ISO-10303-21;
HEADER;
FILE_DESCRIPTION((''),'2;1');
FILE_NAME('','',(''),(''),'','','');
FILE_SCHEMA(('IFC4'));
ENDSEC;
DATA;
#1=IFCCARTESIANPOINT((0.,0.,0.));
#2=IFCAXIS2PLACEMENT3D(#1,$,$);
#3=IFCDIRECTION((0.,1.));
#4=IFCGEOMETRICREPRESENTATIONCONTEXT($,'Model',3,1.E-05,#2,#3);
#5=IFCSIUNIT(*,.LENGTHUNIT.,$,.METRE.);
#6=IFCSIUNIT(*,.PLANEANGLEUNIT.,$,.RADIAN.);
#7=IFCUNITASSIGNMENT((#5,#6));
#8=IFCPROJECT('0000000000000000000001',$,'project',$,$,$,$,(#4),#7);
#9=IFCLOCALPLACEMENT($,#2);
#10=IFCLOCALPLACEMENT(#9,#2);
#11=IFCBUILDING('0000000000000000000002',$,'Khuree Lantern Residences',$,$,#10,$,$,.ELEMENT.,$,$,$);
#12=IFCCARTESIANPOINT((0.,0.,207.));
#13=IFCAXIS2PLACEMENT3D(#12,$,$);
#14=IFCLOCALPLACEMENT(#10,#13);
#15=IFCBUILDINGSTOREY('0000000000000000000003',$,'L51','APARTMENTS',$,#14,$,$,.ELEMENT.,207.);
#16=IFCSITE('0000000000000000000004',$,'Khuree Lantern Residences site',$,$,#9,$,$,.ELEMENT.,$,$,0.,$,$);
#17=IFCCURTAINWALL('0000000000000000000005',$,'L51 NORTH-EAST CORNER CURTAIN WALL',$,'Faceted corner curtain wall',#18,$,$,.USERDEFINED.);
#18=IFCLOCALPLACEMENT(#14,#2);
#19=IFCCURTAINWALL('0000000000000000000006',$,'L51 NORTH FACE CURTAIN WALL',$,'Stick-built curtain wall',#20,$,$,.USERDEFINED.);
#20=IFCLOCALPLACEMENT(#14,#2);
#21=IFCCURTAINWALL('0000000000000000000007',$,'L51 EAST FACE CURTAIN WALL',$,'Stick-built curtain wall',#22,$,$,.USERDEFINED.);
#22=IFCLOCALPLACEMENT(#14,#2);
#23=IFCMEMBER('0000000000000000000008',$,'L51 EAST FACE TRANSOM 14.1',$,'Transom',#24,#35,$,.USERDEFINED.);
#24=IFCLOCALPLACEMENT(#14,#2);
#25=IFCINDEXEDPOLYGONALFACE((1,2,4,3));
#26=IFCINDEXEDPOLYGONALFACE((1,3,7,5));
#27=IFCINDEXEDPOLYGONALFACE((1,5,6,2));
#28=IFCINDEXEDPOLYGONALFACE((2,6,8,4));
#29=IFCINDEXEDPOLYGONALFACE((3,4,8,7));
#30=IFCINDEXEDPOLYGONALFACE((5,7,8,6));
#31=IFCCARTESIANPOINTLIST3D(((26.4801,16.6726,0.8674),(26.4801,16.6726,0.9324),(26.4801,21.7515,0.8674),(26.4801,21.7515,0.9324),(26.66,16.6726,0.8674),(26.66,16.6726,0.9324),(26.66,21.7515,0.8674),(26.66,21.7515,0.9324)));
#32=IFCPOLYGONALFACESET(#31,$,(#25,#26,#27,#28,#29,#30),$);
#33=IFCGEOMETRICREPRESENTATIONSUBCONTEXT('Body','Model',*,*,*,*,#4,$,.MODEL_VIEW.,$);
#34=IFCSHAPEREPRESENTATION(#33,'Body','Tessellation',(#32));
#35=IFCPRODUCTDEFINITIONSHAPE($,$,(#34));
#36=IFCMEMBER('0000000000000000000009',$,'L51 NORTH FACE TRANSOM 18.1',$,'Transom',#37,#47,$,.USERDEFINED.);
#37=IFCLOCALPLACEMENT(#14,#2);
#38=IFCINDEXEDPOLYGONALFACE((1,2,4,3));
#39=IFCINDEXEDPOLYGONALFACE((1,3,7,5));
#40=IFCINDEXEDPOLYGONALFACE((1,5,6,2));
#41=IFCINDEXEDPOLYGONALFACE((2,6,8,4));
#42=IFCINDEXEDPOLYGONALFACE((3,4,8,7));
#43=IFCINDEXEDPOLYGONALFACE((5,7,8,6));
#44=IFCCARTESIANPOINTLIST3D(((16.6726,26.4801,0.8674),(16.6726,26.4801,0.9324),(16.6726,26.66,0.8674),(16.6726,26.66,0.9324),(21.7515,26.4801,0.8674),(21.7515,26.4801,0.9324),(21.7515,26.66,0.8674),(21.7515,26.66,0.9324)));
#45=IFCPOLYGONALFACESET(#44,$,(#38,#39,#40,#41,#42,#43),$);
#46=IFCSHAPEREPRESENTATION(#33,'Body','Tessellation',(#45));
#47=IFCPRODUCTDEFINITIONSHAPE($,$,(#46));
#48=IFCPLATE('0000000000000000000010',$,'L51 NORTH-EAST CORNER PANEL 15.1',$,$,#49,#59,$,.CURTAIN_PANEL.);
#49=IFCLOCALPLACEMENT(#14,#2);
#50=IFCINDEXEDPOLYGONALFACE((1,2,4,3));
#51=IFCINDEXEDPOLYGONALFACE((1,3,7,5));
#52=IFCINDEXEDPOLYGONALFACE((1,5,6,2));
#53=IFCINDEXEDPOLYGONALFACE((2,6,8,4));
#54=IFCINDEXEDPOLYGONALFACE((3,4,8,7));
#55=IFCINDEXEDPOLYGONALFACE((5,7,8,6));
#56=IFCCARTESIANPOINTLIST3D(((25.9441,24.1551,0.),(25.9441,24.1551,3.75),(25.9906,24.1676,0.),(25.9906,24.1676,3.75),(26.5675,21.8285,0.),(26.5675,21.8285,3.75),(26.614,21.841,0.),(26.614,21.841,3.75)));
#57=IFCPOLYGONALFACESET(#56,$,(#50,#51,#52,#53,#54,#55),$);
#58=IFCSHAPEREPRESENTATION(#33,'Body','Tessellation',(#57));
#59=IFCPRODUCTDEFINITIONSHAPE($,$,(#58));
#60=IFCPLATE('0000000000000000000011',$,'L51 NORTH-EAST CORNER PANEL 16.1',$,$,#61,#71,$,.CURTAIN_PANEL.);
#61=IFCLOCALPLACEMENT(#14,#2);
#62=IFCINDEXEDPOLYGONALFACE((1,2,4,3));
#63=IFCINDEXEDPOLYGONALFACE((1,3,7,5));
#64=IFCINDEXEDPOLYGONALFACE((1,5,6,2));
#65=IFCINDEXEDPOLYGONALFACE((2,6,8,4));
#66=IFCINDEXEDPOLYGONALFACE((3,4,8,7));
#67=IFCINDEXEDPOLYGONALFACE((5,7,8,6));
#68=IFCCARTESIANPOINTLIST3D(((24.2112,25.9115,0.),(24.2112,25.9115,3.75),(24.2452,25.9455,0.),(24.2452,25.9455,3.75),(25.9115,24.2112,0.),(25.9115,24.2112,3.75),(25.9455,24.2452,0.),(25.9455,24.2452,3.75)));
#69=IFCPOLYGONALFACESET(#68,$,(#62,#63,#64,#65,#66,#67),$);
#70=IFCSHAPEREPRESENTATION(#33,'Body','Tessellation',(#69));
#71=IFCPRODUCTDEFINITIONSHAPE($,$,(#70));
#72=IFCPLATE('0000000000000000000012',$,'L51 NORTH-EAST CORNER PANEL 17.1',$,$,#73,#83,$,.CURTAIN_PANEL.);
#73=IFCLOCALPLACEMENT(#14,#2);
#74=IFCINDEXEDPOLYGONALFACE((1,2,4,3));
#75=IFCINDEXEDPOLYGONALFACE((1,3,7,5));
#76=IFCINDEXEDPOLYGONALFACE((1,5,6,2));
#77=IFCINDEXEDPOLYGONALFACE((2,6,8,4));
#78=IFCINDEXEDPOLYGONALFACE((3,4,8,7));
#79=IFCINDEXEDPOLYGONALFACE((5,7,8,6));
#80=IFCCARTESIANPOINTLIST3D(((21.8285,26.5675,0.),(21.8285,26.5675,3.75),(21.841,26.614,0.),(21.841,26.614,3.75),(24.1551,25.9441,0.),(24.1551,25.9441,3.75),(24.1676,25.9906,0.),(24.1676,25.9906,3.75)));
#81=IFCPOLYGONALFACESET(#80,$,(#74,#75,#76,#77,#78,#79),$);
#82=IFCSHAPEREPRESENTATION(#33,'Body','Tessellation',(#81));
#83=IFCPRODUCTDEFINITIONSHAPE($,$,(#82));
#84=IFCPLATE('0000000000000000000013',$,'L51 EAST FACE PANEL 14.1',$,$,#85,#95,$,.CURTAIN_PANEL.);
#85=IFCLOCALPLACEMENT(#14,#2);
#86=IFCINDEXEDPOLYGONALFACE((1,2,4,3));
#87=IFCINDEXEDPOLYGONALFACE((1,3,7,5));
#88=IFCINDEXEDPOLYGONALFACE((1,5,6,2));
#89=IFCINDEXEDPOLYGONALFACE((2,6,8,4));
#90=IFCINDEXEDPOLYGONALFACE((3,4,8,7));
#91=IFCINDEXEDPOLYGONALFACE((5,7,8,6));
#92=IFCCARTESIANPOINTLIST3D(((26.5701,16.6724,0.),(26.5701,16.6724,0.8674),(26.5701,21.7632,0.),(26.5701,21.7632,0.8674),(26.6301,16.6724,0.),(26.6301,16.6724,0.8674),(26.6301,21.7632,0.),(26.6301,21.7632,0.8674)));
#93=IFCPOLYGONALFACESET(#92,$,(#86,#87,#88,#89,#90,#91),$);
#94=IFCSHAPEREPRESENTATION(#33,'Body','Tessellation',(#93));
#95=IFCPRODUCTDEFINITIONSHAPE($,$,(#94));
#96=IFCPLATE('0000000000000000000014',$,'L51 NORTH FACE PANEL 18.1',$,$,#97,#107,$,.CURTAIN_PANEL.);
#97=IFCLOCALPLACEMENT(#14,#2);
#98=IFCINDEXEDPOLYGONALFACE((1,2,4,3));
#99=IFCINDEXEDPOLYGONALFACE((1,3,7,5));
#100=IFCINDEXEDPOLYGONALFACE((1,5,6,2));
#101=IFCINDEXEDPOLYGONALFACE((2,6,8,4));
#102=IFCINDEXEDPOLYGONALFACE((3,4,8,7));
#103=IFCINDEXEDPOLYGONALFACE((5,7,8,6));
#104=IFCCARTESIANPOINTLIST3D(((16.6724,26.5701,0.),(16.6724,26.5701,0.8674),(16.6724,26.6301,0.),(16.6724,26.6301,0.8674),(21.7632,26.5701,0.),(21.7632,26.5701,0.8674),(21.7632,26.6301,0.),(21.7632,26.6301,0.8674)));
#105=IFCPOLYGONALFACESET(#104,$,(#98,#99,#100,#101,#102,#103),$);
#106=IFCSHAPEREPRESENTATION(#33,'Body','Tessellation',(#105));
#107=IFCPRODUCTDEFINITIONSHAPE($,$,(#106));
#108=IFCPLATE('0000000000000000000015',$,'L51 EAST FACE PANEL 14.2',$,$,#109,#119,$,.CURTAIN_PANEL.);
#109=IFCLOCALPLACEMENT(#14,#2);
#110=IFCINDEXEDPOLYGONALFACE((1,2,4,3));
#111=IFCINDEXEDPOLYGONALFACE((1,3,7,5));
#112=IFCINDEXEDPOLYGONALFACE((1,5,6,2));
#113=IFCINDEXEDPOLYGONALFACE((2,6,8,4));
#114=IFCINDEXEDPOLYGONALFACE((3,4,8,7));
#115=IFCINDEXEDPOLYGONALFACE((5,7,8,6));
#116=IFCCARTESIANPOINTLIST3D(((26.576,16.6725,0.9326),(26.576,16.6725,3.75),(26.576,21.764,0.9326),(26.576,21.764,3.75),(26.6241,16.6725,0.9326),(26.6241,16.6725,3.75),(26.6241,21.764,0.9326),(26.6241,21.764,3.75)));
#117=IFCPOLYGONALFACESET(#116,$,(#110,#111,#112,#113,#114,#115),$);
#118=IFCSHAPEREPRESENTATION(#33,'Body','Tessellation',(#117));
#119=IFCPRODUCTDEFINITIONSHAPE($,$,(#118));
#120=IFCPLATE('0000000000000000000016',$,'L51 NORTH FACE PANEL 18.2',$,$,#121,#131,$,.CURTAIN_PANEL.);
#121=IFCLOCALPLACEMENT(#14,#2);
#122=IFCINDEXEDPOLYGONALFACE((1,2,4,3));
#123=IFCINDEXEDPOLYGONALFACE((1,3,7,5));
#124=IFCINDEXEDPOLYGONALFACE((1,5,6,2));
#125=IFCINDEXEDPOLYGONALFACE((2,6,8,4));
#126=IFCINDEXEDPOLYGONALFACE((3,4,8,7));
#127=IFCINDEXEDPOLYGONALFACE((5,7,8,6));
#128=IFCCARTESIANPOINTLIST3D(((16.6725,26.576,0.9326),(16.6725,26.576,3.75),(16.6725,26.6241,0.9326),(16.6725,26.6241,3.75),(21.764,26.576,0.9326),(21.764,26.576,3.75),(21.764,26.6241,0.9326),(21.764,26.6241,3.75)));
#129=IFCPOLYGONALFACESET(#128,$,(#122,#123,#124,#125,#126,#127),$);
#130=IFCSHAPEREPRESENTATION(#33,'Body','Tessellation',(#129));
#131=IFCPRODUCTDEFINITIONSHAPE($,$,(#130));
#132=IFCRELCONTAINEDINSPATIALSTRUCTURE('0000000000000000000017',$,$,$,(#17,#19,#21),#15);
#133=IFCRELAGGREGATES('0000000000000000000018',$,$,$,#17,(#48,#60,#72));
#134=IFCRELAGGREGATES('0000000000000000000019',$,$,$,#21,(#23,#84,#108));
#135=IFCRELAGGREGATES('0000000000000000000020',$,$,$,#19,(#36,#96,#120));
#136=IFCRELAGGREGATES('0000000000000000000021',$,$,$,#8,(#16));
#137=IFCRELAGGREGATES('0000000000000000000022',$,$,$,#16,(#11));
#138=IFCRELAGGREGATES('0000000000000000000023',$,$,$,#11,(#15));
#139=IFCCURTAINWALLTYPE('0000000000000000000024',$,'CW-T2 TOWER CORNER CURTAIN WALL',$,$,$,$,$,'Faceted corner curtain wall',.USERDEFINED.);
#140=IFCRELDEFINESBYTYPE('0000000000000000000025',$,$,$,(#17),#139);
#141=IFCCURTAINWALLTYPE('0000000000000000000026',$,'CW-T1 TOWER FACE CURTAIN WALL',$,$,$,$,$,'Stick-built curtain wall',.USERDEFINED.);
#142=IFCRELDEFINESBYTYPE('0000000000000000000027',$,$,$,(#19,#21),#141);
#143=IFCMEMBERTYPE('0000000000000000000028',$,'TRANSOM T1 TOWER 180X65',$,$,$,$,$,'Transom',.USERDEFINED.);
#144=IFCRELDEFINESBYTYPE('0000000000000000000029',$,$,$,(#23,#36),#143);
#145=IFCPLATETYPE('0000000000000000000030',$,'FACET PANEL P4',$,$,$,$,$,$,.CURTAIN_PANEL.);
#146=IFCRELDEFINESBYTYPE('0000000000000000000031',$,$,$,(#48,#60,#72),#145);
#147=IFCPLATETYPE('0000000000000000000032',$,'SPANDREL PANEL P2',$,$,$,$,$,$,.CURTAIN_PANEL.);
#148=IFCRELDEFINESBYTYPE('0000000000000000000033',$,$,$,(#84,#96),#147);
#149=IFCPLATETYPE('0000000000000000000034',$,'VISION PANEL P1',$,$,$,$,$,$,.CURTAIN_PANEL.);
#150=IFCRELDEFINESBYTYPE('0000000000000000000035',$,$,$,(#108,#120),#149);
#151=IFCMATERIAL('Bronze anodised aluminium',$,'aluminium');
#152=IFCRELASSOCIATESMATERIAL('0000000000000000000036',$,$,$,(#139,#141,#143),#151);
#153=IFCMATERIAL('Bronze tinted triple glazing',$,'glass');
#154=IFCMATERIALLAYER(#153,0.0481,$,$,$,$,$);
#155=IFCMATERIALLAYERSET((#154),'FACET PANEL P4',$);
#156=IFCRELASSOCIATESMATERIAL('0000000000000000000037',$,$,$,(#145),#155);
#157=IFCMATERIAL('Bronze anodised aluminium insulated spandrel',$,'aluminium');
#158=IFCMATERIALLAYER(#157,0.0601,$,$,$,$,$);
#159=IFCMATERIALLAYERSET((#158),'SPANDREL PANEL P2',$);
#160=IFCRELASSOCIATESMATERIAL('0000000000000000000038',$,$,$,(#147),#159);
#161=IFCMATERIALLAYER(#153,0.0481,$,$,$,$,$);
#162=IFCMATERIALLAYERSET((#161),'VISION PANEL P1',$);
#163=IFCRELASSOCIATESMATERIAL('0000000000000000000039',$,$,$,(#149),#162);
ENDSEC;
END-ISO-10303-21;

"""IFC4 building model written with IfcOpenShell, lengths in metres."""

from ifc_helpers import new_model, si_unit, direction, frame, origin, origin_2d, place, context, subcontext, project, spatial, rectangle, extrude, material, layer, layer_set, material_profile, profile_set, type_object, element, aggregate, save


model = new_model("IFC4")

# Units and contexts
model_context = context("Model", 3, precision=1e-05, world=origin(), true_north=direction((0.0, 1.0)))
body_context = subcontext(model_context, "Body", "Model", "MODEL_VIEW")
ifc_project = project(units=[si_unit("LENGTHUNIT", "METRE"), si_unit("PLANEANGLEUNIT", "RADIAN")], contexts=[model_context])

# Site, building, storey
site_placement = place(None, origin())
site = spatial("IfcSite", under=ifc_project, at=site_placement, Name="Khuree Lantern Residences site", CompositionType="ELEMENT", RefElevation=0.0)
building_placement = place(site_placement, origin())
building = spatial("IfcBuilding", under=site, at=building_placement, Name="Khuree Lantern Residences", CompositionType="ELEMENT")
storey_placement = place(building_placement, frame((0.0, 0.0, 207.0)))
storey = spatial("IfcBuildingStorey", under=building, at=storey_placement, Name="L51", Description="APARTMENTS", CompositionType="ELEMENT", Elevation=207.0)

# Curtain walls
ifc_material_1 = material(Name="Bronze anodised aluminium", Category="aluminium")
curtain_wall_type_1 = type_object("IfcCurtainWallType", Name="CW-T2 TOWER CORNER CURTAIN WALL", ElementType="Faceted corner curtain wall", PredefinedType="USERDEFINED", material=ifc_material_1)
curtain_wall_1_placement = place(storey_placement, origin())
curtain_wall_1 = element("IfcCurtainWall", 1, at=curtain_wall_1_placement, inside=storey, type_object=curtain_wall_type_1, Name="L51 NORTH-EAST CORNER CURTAIN WALL", ObjectType="Faceted corner curtain wall", PredefinedType="USERDEFINED")
curtain_wall_type_2 = type_object("IfcCurtainWallType", Name="CW-T1 TOWER FACE CURTAIN WALL", ElementType="Stick-built curtain wall", PredefinedType="USERDEFINED", material=ifc_material_1)
curtain_wall_2_placement = place(storey_placement, origin())
curtain_wall_2 = element("IfcCurtainWall", 2, at=curtain_wall_2_placement, inside=storey, type_object=curtain_wall_type_2, Name="L51 NORTH FACE CURTAIN WALL", ObjectType="Stick-built curtain wall", PredefinedType="USERDEFINED")

# Curtain wall, member
curtain_wall_3_placement = place(storey_placement, origin())
curtain_wall_3 = element("IfcCurtainWall", 3, at=curtain_wall_3_placement, inside=storey, type_object=curtain_wall_type_2, Name="L51 EAST FACE CURTAIN WALL", ObjectType="Stick-built curtain wall", PredefinedType="USERDEFINED")
ifc_material_profile_1 = material_profile(ifc_material_1, rectangle(XDim=0.1799, YDim=0.0649, at=origin_2d()), Name="T1 180X65")
ifc_profile_set_1 = profile_set([ifc_material_profile_1], Name="Bronze anodised aluminium")
member_type_1 = type_object("IfcMemberType", Name="TRANSOM T1 TOWER 180X65", ElementType="Transom", PredefinedType="USERDEFINED", material=ifc_profile_set_1)
member_1_placement = place(storey_placement, frame((26.5701, 16.6726, 0.8999), z_axis=(0.0, 1.0, 0.0), x_axis=(-1.0, 0.0, 0.0)))
member_1 = element("IfcMember", 4, at=member_1_placement, type_object=member_type_1, Name="L51 EAST FACE TRANSOM 14.1", ObjectType="Transom", PredefinedType="USERDEFINED", context=body_context, shape_type="SweptSolid", body=[
    extrude(rectangle(XDim=0.1799, YDim=0.0649, at=origin_2d()), origin(), (0.0, 0.0, 1.0), 5.0789),
])

# Member
member_2_placement = place(storey_placement, frame((21.7515, 26.5701, 0.8999), z_axis=(-1.0, 0.0, 0.0), x_axis=(0.0, -1.0, 0.0)))
member_2 = element("IfcMember", 5, at=member_2_placement, type_object=member_type_1, Name="L51 NORTH FACE TRANSOM 18.1", ObjectType="Transom", PredefinedType="USERDEFINED", context=body_context, shape_type="SweptSolid", body=[
    extrude(rectangle(XDim=0.1799, YDim=0.0649, at=origin_2d()), origin(), (0.0, 0.0, 1.0), 5.0789),
])

# Plates
ifc_material_2 = material(Name="Bronze tinted triple glazing", Category="glass")
ifc_layer_1 = layer(ifc_material_2, 0.0481)
ifc_layer_set_1 = layer_set([ifc_layer_1], Name="FACET PANEL P4")
plate_type_1 = type_object("IfcPlateType", Name="FACET PANEL P4", PredefinedType="CURTAIN_PANEL", material=ifc_layer_set_1)
plate_1_placement = place(storey_placement, frame((26.2791, 22.998, 0.0), z_axis=(0.0, 0.0, 1.0), x_axis=(-0.258819, 0.965926, 0.0)))
plate_1 = element("IfcPlate", 6, at=plate_1_placement, type_object=plate_type_1, Name="L51 NORTH-EAST CORNER PANEL 15.1", PredefinedType="CURTAIN_PANEL", context=body_context, shape_type="SweptSolid", body=[
    extrude(rectangle(XDim=2.4087, YDim=0.0481, at=origin_2d()), origin(), (0.0, 0.0, 1.0), 3.75),
])
plate_2_placement = place(storey_placement, frame((25.0784, 25.0784, 0.0), z_axis=(0.0, 0.0, 1.0), x_axis=(-0.707107, 0.707107, 0.0)))
plate_2 = element("IfcPlate", 7, at=plate_2_placement, type_object=plate_type_1, Name="L51 NORTH-EAST CORNER PANEL 16.1", PredefinedType="CURTAIN_PANEL", context=body_context, shape_type="SweptSolid", body=[
    extrude(rectangle(XDim=2.4045, YDim=0.0481, at=origin_2d()), origin(), (0.0, 0.0, 1.0), 3.75),
])
plate_3_placement = place(storey_placement, frame((22.998, 26.2791, 0.0), z_axis=(0.0, 0.0, 1.0), x_axis=(-0.965926, 0.258819, 0.0)))
plate_3 = element("IfcPlate", 8, at=plate_3_placement, type_object=plate_type_1, Name="L51 NORTH-EAST CORNER PANEL 17.1", PredefinedType="CURTAIN_PANEL", context=body_context, shape_type="SweptSolid", body=[
    extrude(rectangle(XDim=2.4087, YDim=0.0481, at=origin_2d()), origin(), (0.0, 0.0, 1.0), 3.75),
])
aggregate(curtain_wall_1, [plate_1, plate_2, plate_3])
ifc_material_3 = material(Name="Bronze anodised aluminium insulated spandrel", Category="aluminium")
ifc_layer_2 = layer(ifc_material_3, 0.0601)
ifc_layer_set_2 = layer_set([ifc_layer_2], Name="SPANDREL PANEL P2")
plate_type_2 = type_object("IfcPlateType", Name="SPANDREL PANEL P2", PredefinedType="CURTAIN_PANEL", material=ifc_layer_set_2)
plate_4_placement = place(storey_placement, frame((26.6001, 19.2178, 0.0), z_axis=(0.0, 0.0, 1.0), x_axis=(0.0, 1.0, 0.0)))
plate_4 = element("IfcPlate", 9, at=plate_4_placement, type_object=plate_type_2, Name="L51 EAST FACE PANEL 14.1", PredefinedType="CURTAIN_PANEL", context=body_context, shape_type="SweptSolid", body=[
    extrude(rectangle(XDim=5.0908, YDim=0.0601, at=origin_2d()), origin(), (0.0, 0.0, 1.0), 0.8674),
])
plate_5_placement = place(storey_placement, frame((19.2178, 26.6001, 0.0), z_axis=(0.0, 0.0, 1.0), x_axis=(-1.0, 0.0, 0.0)))
plate_5 = element("IfcPlate", 10, at=plate_5_placement, type_object=plate_type_2, Name="L51 NORTH FACE PANEL 18.1", PredefinedType="CURTAIN_PANEL", context=body_context, shape_type="SweptSolid", body=[
    extrude(rectangle(XDim=5.0908, YDim=0.0601, at=origin_2d()), origin(), (0.0, 0.0, 1.0), 0.8674),
])
ifc_layer_3 = layer(ifc_material_2, 0.0481)
ifc_layer_set_3 = layer_set([ifc_layer_3], Name="VISION PANEL P1")
plate_type_3 = type_object("IfcPlateType", Name="VISION PANEL P1", PredefinedType="CURTAIN_PANEL", material=ifc_layer_set_3)
plate_6_placement = place(storey_placement, frame((26.6001, 19.2183, 0.9326), z_axis=(0.0, 0.0, 1.0), x_axis=(0.0, 1.0, 0.0)))
plate_6 = element("IfcPlate", 11, at=plate_6_placement, type_object=plate_type_3, Name="L51 EAST FACE PANEL 14.2", PredefinedType="CURTAIN_PANEL", context=body_context, shape_type="SweptSolid", body=[
    extrude(rectangle(XDim=5.0916, YDim=0.0481, at=origin_2d()), origin(), (0.0, 0.0, 1.0), 2.8174),
])
aggregate(curtain_wall_3, [member_1, plate_4, plate_6])
plate_7_placement = place(storey_placement, frame((19.2183, 26.6001, 0.9326), z_axis=(0.0, 0.0, 1.0), x_axis=(-1.0, 0.0, 0.0)))
plate_7 = element("IfcPlate", 12, at=plate_7_placement, type_object=plate_type_3, Name="L51 NORTH FACE PANEL 18.2", PredefinedType="CURTAIN_PANEL", context=body_context, shape_type="SweptSolid", body=[
    extrude(rectangle(XDim=5.0916, YDim=0.0481, at=origin_2d()), origin(), (0.0, 0.0, 1.0), 2.8174),
])
aggregate(curtain_wall_2, [member_2, plate_5, plate_7])

save(model, "model.ifc")
